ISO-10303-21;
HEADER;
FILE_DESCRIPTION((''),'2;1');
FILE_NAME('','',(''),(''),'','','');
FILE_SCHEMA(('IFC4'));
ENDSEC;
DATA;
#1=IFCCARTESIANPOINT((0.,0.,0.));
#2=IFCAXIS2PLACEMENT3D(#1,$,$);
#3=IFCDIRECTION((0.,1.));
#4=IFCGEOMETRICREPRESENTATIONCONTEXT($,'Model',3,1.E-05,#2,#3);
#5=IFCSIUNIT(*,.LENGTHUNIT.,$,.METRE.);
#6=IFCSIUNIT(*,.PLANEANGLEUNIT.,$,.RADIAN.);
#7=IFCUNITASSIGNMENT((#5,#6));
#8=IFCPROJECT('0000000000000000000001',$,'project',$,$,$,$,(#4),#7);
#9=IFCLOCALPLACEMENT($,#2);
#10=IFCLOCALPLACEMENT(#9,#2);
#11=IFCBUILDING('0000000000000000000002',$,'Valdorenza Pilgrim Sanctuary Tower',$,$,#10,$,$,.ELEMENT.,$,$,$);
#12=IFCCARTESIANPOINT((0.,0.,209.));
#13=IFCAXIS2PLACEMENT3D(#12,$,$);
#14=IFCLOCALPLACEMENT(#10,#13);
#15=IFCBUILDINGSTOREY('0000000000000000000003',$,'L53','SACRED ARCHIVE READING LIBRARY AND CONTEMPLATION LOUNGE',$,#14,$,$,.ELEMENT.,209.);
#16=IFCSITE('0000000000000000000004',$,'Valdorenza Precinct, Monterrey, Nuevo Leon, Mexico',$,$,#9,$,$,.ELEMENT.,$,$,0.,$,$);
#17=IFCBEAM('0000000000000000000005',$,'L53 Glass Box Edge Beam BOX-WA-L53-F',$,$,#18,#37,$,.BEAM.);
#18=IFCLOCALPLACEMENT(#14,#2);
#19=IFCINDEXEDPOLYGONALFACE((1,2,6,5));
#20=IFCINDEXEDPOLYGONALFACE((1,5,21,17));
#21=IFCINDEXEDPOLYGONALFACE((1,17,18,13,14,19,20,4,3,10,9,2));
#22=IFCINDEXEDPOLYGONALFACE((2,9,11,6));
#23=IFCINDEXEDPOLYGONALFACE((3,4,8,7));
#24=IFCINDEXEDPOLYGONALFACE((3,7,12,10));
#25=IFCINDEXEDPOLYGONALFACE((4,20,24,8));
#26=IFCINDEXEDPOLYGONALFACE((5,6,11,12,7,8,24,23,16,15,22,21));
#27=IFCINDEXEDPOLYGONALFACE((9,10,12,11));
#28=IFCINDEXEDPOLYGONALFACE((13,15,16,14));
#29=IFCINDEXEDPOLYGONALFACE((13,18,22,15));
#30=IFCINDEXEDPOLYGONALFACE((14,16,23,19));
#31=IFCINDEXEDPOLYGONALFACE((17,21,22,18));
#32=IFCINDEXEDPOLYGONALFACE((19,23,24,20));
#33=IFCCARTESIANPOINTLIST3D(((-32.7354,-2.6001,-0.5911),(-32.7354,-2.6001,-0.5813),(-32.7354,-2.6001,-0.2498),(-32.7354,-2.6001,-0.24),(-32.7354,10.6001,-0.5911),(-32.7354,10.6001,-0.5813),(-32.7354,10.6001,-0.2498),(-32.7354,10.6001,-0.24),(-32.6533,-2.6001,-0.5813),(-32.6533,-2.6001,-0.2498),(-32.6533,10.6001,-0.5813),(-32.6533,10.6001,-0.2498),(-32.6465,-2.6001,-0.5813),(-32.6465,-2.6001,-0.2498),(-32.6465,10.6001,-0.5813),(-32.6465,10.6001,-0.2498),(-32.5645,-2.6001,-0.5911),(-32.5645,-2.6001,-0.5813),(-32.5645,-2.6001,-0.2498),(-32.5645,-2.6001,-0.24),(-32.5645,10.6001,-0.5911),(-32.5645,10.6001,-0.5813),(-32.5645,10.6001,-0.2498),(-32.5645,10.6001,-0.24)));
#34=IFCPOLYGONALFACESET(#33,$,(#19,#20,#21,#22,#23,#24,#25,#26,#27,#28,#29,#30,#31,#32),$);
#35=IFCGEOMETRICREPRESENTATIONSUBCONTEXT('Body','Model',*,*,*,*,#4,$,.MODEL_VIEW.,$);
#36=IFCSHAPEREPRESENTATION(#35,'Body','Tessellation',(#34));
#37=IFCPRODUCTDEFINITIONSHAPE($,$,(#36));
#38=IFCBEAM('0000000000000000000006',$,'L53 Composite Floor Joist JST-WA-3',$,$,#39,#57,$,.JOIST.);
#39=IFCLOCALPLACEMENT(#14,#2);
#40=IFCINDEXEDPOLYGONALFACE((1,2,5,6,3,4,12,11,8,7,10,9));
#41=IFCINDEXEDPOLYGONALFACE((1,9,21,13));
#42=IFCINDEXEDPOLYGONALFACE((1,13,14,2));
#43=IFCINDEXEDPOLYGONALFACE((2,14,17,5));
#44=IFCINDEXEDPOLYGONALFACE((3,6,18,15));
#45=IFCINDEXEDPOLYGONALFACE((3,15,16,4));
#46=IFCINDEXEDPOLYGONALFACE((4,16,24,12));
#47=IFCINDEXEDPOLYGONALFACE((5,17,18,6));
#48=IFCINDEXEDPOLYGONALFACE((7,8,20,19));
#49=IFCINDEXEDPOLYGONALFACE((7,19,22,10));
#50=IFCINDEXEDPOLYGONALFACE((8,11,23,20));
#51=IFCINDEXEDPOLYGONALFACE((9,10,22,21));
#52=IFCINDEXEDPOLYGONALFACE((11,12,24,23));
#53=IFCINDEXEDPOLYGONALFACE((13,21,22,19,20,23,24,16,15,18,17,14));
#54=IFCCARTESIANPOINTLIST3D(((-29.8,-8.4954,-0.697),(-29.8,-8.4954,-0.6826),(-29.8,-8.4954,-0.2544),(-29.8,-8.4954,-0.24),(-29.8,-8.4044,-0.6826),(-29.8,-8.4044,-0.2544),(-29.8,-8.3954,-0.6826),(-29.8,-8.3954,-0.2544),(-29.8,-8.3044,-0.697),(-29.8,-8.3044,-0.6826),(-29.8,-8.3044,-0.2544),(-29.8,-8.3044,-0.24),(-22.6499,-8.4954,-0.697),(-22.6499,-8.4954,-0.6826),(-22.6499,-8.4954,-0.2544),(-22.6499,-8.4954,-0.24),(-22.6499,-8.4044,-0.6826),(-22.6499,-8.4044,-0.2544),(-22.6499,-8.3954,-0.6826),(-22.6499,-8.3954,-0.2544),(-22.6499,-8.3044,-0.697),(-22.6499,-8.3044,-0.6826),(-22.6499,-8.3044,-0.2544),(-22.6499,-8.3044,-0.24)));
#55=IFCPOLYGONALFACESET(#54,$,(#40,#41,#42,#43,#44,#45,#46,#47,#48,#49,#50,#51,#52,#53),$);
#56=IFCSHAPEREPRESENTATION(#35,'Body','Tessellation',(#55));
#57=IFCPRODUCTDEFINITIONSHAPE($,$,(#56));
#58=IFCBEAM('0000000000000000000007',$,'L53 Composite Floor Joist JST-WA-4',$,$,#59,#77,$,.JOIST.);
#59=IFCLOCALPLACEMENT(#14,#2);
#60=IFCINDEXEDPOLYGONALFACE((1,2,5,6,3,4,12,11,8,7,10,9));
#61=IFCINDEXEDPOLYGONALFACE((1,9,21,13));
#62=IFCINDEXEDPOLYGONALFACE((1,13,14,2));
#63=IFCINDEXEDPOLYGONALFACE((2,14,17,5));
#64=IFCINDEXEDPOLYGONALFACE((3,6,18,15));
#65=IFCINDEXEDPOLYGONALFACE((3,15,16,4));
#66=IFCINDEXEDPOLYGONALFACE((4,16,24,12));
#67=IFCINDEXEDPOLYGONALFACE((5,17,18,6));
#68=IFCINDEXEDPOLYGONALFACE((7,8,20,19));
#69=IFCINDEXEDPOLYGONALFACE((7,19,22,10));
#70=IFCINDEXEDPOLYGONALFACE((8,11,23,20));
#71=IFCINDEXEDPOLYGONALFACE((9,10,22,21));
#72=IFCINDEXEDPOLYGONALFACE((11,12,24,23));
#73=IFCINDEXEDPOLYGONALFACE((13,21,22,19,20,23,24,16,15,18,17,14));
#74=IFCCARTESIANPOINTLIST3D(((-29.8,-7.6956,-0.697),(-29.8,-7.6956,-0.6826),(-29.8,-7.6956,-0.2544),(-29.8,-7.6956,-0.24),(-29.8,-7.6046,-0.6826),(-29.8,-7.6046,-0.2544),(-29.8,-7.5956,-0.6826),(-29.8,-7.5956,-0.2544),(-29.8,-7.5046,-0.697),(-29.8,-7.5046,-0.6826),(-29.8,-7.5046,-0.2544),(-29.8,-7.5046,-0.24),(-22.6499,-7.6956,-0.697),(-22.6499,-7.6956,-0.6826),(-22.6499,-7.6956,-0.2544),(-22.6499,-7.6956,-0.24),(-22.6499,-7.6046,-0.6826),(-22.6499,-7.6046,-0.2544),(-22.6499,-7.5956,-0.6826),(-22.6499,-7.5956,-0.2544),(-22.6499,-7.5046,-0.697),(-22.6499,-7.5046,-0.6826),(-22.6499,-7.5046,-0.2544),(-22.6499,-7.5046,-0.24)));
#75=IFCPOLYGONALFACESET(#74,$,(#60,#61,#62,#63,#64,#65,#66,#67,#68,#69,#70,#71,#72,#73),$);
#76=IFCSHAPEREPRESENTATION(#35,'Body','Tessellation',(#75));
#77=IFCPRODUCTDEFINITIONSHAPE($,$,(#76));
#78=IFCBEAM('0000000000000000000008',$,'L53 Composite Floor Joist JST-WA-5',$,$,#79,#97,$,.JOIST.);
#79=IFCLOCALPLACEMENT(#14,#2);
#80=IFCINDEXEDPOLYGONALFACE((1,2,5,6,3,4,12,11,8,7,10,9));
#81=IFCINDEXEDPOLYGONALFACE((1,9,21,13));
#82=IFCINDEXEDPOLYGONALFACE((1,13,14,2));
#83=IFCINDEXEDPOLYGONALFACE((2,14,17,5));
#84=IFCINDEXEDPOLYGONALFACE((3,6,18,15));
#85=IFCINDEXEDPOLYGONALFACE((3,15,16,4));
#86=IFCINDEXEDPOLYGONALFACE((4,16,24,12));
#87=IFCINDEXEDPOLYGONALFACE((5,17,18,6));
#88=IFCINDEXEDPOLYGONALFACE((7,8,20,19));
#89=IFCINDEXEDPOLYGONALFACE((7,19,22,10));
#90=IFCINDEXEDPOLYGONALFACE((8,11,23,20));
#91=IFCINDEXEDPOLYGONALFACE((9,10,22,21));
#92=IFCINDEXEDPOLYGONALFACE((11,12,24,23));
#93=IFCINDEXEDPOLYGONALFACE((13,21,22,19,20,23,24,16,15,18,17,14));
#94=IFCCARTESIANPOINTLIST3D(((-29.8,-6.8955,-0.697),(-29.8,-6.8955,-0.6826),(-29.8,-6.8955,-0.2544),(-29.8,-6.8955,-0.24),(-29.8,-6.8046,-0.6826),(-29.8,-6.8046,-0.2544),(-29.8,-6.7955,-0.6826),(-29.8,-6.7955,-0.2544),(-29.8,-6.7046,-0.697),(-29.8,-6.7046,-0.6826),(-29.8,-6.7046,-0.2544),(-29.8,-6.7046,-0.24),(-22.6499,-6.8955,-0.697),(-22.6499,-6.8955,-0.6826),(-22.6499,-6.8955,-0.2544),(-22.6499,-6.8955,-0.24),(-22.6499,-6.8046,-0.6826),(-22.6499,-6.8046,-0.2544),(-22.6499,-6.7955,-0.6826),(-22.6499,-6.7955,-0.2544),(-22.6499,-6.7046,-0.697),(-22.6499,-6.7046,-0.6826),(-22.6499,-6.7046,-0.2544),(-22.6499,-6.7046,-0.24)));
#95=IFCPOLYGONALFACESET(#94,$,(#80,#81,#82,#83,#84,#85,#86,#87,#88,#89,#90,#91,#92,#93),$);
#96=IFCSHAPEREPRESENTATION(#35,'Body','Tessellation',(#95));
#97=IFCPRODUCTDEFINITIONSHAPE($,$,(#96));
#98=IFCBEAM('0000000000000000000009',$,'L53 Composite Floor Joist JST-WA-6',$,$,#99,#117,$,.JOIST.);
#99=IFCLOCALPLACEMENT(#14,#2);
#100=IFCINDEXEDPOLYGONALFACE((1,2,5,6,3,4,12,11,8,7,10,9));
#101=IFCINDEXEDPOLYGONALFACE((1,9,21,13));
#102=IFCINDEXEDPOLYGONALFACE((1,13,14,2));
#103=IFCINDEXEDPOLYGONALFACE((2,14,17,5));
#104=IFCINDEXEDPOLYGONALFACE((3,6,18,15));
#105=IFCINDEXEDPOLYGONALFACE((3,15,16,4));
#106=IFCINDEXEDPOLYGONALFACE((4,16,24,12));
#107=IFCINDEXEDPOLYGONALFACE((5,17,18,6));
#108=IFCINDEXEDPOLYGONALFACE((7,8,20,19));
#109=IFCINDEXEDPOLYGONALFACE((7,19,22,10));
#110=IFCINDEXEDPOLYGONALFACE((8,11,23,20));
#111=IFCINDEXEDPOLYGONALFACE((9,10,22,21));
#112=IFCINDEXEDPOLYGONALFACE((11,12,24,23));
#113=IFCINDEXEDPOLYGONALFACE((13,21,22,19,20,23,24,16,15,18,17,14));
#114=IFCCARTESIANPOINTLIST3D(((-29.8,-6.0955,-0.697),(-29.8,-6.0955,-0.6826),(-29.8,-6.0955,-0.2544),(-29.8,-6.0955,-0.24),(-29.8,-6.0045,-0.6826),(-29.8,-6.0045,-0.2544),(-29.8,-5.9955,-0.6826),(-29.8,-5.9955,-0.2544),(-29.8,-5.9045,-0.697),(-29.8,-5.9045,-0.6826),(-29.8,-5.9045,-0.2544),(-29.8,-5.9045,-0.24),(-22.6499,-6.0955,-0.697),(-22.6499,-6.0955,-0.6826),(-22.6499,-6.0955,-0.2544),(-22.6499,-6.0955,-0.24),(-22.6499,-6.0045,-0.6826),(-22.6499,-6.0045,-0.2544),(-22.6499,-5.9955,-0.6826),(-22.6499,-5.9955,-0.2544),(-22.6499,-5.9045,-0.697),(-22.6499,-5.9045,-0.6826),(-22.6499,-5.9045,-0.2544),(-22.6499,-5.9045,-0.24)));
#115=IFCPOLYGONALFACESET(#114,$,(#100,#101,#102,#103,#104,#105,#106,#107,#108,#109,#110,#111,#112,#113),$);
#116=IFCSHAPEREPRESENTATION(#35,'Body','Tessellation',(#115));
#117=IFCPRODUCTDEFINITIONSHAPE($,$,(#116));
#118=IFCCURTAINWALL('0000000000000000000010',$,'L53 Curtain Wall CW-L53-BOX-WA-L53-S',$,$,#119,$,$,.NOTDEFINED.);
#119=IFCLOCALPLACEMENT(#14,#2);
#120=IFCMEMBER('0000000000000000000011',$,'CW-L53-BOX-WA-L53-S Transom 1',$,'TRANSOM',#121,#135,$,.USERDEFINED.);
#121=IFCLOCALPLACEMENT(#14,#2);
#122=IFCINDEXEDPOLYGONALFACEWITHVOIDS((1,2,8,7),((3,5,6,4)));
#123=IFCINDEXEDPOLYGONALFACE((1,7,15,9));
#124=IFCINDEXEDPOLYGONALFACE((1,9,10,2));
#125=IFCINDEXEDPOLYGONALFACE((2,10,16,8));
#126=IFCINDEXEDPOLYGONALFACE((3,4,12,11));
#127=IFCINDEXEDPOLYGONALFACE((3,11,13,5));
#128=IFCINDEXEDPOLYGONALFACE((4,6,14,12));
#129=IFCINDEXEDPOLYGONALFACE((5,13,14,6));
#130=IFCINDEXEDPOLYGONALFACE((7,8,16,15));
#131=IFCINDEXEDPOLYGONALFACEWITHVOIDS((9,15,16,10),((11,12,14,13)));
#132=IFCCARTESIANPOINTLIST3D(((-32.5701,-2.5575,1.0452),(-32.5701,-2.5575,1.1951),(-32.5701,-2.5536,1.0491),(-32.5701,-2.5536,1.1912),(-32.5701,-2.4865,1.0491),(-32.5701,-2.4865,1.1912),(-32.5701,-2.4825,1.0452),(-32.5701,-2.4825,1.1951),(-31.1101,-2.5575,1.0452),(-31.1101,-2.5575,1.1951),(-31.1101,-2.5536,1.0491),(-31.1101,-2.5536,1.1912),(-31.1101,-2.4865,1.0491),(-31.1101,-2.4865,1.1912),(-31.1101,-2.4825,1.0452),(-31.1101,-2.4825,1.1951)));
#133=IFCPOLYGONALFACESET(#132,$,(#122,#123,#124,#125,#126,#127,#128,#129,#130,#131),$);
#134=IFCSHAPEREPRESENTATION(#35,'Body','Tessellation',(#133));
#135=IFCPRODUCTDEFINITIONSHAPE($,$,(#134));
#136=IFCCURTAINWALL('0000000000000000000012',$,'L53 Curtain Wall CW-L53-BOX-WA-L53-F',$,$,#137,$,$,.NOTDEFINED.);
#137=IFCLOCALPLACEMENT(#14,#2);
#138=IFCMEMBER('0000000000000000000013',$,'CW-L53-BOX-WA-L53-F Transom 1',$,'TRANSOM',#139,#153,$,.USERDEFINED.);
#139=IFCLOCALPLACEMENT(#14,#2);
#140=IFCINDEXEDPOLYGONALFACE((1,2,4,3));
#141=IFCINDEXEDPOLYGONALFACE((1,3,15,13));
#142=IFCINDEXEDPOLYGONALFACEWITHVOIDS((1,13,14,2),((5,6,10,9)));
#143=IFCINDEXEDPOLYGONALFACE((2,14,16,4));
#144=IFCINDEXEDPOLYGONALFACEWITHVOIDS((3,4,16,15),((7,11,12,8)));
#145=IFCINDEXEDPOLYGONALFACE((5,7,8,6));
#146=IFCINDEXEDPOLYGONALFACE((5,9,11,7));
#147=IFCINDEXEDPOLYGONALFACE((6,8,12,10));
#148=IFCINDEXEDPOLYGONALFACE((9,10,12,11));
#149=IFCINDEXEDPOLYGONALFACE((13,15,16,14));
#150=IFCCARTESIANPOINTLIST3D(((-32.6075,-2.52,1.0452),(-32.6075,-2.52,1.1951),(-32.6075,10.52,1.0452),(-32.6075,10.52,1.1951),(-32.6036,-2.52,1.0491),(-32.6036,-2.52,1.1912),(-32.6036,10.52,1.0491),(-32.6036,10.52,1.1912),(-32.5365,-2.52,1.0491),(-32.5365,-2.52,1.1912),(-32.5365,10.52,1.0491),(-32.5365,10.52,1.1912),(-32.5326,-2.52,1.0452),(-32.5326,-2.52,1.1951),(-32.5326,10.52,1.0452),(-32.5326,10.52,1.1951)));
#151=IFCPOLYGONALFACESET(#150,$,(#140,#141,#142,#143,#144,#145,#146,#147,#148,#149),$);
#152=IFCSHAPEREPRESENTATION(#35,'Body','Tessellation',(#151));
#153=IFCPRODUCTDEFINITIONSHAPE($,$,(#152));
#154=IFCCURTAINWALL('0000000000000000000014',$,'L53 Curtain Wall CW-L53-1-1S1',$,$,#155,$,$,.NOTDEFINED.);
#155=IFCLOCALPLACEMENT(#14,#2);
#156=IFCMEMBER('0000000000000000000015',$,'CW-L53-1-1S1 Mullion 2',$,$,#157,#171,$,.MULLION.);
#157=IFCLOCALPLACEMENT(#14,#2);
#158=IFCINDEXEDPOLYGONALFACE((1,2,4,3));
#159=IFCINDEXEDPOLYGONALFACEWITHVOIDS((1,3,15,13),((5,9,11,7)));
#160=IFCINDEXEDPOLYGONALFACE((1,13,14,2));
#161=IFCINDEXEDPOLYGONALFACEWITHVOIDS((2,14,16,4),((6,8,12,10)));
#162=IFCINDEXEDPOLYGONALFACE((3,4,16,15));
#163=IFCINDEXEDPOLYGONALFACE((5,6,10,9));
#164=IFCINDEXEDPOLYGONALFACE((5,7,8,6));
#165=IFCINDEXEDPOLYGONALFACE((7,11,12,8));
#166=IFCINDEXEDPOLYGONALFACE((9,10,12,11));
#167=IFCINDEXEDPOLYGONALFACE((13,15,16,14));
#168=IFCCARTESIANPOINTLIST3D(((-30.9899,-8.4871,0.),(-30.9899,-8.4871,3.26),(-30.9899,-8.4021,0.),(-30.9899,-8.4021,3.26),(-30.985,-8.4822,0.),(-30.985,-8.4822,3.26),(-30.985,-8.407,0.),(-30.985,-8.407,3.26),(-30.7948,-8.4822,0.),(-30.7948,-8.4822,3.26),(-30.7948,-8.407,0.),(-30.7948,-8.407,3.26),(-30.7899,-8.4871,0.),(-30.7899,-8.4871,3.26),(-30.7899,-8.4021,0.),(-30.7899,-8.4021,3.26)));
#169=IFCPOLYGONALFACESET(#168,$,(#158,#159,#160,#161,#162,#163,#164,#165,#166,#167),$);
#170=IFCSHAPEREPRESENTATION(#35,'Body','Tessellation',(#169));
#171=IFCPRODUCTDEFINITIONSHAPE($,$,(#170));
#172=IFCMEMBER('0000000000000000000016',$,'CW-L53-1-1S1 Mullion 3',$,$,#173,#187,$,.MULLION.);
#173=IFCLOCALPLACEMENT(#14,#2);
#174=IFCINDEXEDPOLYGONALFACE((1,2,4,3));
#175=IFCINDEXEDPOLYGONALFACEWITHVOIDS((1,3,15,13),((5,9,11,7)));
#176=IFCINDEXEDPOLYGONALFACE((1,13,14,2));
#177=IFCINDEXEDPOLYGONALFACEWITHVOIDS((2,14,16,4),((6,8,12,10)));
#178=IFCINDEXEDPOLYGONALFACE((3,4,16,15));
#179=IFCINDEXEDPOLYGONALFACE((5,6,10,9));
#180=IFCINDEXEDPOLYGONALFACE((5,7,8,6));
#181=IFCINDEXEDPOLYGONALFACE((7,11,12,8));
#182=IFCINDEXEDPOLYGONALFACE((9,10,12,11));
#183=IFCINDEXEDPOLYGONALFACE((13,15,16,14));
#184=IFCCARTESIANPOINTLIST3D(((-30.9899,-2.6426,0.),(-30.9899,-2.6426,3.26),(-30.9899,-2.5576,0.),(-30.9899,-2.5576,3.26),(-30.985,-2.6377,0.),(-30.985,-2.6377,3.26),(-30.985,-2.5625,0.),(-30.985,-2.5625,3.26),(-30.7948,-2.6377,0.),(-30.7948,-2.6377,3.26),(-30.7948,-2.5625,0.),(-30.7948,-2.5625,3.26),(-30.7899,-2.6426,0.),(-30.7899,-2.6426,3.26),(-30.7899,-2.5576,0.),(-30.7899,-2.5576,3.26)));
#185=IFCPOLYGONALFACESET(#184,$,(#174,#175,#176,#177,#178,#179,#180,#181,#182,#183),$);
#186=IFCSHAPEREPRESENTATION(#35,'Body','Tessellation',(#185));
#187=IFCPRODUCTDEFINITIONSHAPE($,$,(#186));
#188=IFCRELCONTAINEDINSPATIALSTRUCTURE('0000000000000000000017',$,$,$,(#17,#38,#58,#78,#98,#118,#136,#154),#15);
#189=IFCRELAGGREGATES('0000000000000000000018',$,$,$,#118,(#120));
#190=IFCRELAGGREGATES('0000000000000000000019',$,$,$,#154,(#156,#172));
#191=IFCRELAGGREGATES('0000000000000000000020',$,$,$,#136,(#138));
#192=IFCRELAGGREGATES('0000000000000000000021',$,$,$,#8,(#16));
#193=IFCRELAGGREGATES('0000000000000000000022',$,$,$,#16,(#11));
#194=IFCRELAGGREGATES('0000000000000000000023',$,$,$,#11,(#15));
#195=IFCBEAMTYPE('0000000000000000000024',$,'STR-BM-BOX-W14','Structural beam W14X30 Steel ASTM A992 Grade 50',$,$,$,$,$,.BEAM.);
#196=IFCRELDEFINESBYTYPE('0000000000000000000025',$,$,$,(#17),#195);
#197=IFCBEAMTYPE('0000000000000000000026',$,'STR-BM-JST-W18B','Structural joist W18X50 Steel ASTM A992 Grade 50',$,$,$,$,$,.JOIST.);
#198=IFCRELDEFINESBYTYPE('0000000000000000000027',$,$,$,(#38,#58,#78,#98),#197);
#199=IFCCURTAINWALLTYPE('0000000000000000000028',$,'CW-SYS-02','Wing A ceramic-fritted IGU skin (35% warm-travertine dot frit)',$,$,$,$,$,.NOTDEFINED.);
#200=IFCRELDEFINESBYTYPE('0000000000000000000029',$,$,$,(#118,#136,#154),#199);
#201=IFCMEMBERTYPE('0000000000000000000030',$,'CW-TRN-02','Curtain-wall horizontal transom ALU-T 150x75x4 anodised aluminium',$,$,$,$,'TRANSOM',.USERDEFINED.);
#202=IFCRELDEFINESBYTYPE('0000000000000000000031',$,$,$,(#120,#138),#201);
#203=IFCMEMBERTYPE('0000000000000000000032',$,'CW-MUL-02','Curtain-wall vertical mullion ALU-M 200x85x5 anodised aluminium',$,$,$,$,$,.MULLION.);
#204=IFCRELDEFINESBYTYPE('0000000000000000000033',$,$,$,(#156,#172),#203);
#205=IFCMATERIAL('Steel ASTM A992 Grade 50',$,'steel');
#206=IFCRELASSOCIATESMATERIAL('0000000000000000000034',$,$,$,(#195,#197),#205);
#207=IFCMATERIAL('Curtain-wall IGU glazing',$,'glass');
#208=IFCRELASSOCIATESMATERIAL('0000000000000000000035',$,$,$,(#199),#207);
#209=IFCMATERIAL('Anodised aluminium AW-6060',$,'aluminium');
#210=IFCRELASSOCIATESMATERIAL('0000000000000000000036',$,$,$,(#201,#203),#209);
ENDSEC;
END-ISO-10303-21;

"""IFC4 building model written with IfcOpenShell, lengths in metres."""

from ifc_helpers import new_model, si_unit, direction, frame, origin, origin_2d, place, context, subcontext, project, spatial, hollow_rectangle, i_section, extrude, source, transform, mapped, material, material_profile, profile_set, type_object, element, aggregate, save


model = new_model("IFC4")

# Units and contexts
model_context = context("Model", 3, precision=1e-05, world=origin(), true_north=direction((0.0, 1.0)))
body_context = subcontext(model_context, "Body", "Model", "MODEL_VIEW")
ifc_project = project(units=[si_unit("LENGTHUNIT", "METRE"), si_unit("PLANEANGLEUNIT", "RADIAN")], contexts=[model_context])

# Site, building, storey
site_placement = place(None, origin())
site = spatial("IfcSite", under=ifc_project, at=site_placement, Name="Valdorenza Precinct, Monterrey, Nuevo Leon, Mexico", CompositionType="ELEMENT", RefElevation=0.0)
building_placement = place(site_placement, origin())
building = spatial("IfcBuilding", under=site, at=building_placement, Name="Valdorenza Pilgrim Sanctuary Tower", CompositionType="ELEMENT")
storey_placement = place(building_placement, frame((0.0, 0.0, 209.0)))
storey = spatial("IfcBuildingStorey", under=building, at=storey_placement, Name="L53", Description="SACRED ARCHIVE READING LIBRARY AND CONTEMPLATION LOUNGE", CompositionType="ELEMENT", Elevation=209.0)

# Beams
ifc_material_1 = material(Name="Steel ASTM A992 Grade 50", Category="steel")
ifc_material_profile_1 = material_profile(ifc_material_1, i_section(OverallWidth=0.1709, OverallDepth=0.3511, WebThickness=0.0068, FlangeThickness=0.0098, at=origin_2d()), Name="W14X30")
ifc_profile_set_1 = profile_set([ifc_material_profile_1], Name="Steel ASTM A992 Grade 50")
beam_type_1 = type_object("IfcBeamType", Name="STR-BM-BOX-W14", Description="Structural beam W14X30 Steel ASTM A992 Grade 50", PredefinedType="BEAM", material=ifc_profile_set_1)
shared_shape_1 = source(origin(), body_context, "Body", "SweptSolid", [
    extrude(i_section(OverallWidth=0.1709, OverallDepth=0.3511, WebThickness=0.0068, FlangeThickness=0.0098, at=origin_2d()), origin(), (0.0, 0.0, 1.0), 13.2002),
])
beam_placement = place(storey_placement, frame((-32.6499, -2.6001, -0.4155), z_axis=(0.0, 1.0, 0.0), x_axis=(-1.0, 0.0, 0.0)))
element("IfcBeam", 1, at=beam_placement, inside=storey, type_object=beam_type_1, Name="L53 Glass Box Edge Beam BOX-WA-L53-F", PredefinedType="BEAM", context=body_context, shape_type="MappedRepresentation", body=[
    mapped(shared_shape_1, transform((0.0, 0.0, 0.0), x_axis=(1.0, 0.0, 0.0), y_axis=(0.0, 1.0, 0.0), z_axis=(0.0, 0.0, 1.0), scale=1.0)),
])
ifc_material_profile_2 = material_profile(ifc_material_1, i_section(OverallWidth=0.1909, OverallDepth=0.457, WebThickness=0.009, FlangeThickness=0.0144, at=origin_2d()), Name="W18X50")
ifc_profile_set_2 = profile_set([ifc_material_profile_2], Name="Steel ASTM A992 Grade 50")
beam_type_2 = type_object("IfcBeamType", Name="STR-BM-JST-W18B", Description="Structural joist W18X50 Steel ASTM A992 Grade 50", PredefinedType="JOIST", material=ifc_profile_set_2)
shared_shape_2 = source(origin(), body_context, "Body", "SweptSolid", [
    extrude(i_section(OverallWidth=0.1909, OverallDepth=0.457, WebThickness=0.009, FlangeThickness=0.0144, at=origin_2d()), origin(), (0.0, 0.0, 1.0), 7.1501),
])
for number, where, z_axis, x_axis, name in (
    (2, (-29.8, -8.3999, -0.4685), (1.0, 0.0, 0.0), (0.0, 1.0, 0.0), "L53 Composite Floor Joist JST-WA-3"),
    (3, (-29.8, -7.6001, -0.4685), (1.0, 0.0, 0.0), (0.0, 1.0, 0.0), "L53 Composite Floor Joist JST-WA-4"),
    (4, (-29.8, -6.8, -0.4685), (1.0, 0.0, 0.0), (0.0, 1.0, 0.0), "L53 Composite Floor Joist JST-WA-5"),
    (5, (-29.8, -6.0, -0.4685), (1.0, 0.0, 0.0), (0.0, 1.0, 0.0), "L53 Composite Floor Joist JST-WA-6"),
):
    element("IfcBeam", number, at=place(storey_placement, frame(where, z_axis=z_axis, x_axis=x_axis)), inside=storey, type_object=beam_type_2, Name=name, PredefinedType="JOIST", context=body_context, shape_type="MappedRepresentation", body=[
        mapped(shared_shape_2, transform((0.0, 0.0, 0.0), x_axis=(1.0, 0.0, 0.0), y_axis=(0.0, 1.0, 0.0), z_axis=(0.0, 0.0, 1.0), scale=1.0)),
    ])

# Curtain walls, members
ifc_material_2 = material(Name="Curtain-wall IGU glazing", Category="glass")
curtain_wall_type = type_object("IfcCurtainWallType", Name="CW-SYS-02", Description="Wing A ceramic-fritted IGU skin (35% warm-travertine dot frit)", PredefinedType="NOTDEFINED", material=ifc_material_2)
curtain_wall_1_placement = place(storey_placement, origin())
curtain_wall_1 = element("IfcCurtainWall", 6, at=curtain_wall_1_placement, inside=storey, type_object=curtain_wall_type, Name="L53 Curtain Wall CW-L53-BOX-WA-L53-S", PredefinedType="NOTDEFINED")
ifc_material_3 = material(Name="Anodised aluminium AW-6060", Category="aluminium")
ifc_material_profile_3 = material_profile(ifc_material_3, hollow_rectangle(XDim=0.075, YDim=0.1499, WallThickness=0.0039, at=origin_2d()), Name="ALU-T 150x75x4")
ifc_profile_set_3 = profile_set([ifc_material_profile_3], Name="Anodised aluminium AW-6060")
member_type_1 = type_object("IfcMemberType", Name="CW-TRN-02", Description="Curtain-wall horizontal transom ALU-T 150x75x4 anodised aluminium", ElementType="TRANSOM", PredefinedType="USERDEFINED", material=ifc_profile_set_3)
shared_shape_3 = source(origin(), body_context, "Body", "SweptSolid", [
    extrude(hollow_rectangle(XDim=0.075, YDim=0.1499, WallThickness=0.0039, at=origin_2d()), origin(), (0.0, 0.0, 1.0), 1.46),
])
member_1_placement = place(storey_placement, frame((-31.1101, -2.52, 1.1201), z_axis=(-1.0, 0.0, 0.0), x_axis=(0.0, -1.0, 0.0)))
member_1 = element("IfcMember", 7, at=member_1_placement, type_object=member_type_1, Name="CW-L53-BOX-WA-L53-S Transom 1", ObjectType="TRANSOM", PredefinedType="USERDEFINED", context=body_context, shape_type="MappedRepresentation", body=[
    mapped(shared_shape_3, transform((0.0, 0.0, 0.0), x_axis=(1.0, 0.0, 0.0), y_axis=(0.0, 1.0, 0.0), z_axis=(0.0, 0.0, 1.0), scale=1.0)),
])
curtain_wall_2_placement = place(storey_placement, origin())
curtain_wall_2 = element("IfcCurtainWall", 8, at=curtain_wall_2_placement, inside=storey, type_object=curtain_wall_type, Name="L53 Curtain Wall CW-L53-BOX-WA-L53-F", PredefinedType="NOTDEFINED")
shared_shape_4 = source(origin(), body_context, "Body", "SweptSolid", [
    extrude(hollow_rectangle(XDim=0.075, YDim=0.1499, WallThickness=0.0039, at=origin_2d()), origin(), (0.0, 0.0, 1.0), 13.04),
])
member_2_placement = place(storey_placement, frame((-32.5701, -2.52, 1.1201), z_axis=(0.0, 1.0, 0.0), x_axis=(-1.0, 0.0, 0.0)))
member_2 = element("IfcMember", 9, at=member_2_placement, type_object=member_type_1, Name="CW-L53-BOX-WA-L53-F Transom 1", ObjectType="TRANSOM", PredefinedType="USERDEFINED", context=body_context, shape_type="MappedRepresentation", body=[
    mapped(shared_shape_4, transform((0.0, 0.0, 0.0), x_axis=(1.0, 0.0, 0.0), y_axis=(0.0, 1.0, 0.0), z_axis=(0.0, 0.0, 1.0), scale=1.0)),
])

# Curtain wall, members
curtain_wall_3_placement = place(storey_placement, origin())
curtain_wall_3 = element("IfcCurtainWall", 10, at=curtain_wall_3_placement, inside=storey, type_object=curtain_wall_type, Name="L53 Curtain Wall CW-L53-1-1S1", PredefinedType="NOTDEFINED")
ifc_material_profile_4 = material_profile(ifc_material_3, hollow_rectangle(XDim=0.085, YDim=0.2, WallThickness=0.0049, at=origin_2d()), Name="ALU-M 200x85x5")
ifc_profile_set_4 = profile_set([ifc_material_profile_4], Name="Anodised aluminium AW-6060")
member_type_2 = type_object("IfcMemberType", Name="CW-MUL-02", Description="Curtain-wall vertical mullion ALU-M 200x85x5 anodised aluminium", PredefinedType="MULLION", material=ifc_profile_set_4)
shared_shape_5 = source(origin(), body_context, "Body", "SweptSolid", [
    extrude(hollow_rectangle(XDim=0.085, YDim=0.2, WallThickness=0.0049, at=origin_2d()), origin(), (0.0, 0.0, 1.0), 3.26),
])
member_3_placement = place(storey_placement, frame((-30.8899, -8.4446, 0.0), z_axis=(0.0, 0.0, 1.0), x_axis=(0.0, 1.0, 0.0)))
member_3 = element("IfcMember", 11, at=member_3_placement, type_object=member_type_2, Name="CW-L53-1-1S1 Mullion 2", PredefinedType="MULLION", context=body_context, shape_type="MappedRepresentation", body=[
    mapped(shared_shape_5, transform((0.0, 0.0, 0.0), x_axis=(1.0, 0.0, 0.0), y_axis=(0.0, 1.0, 0.0), z_axis=(0.0, 0.0, 1.0), scale=1.0)),
])
member_4_placement = place(storey_placement, frame((-30.8899, -2.6001, 0.0), z_axis=(0.0, 0.0, 1.0), x_axis=(0.0, 1.0, 0.0)))
member_4 = element("IfcMember", 12, at=member_4_placement, type_object=member_type_2, Name="CW-L53-1-1S1 Mullion 3", PredefinedType="MULLION", context=body_context, shape_type="MappedRepresentation", body=[
    mapped(shared_shape_5, transform((0.0, 0.0, 0.0), x_axis=(1.0, 0.0, 0.0), y_axis=(0.0, 1.0, 0.0), z_axis=(0.0, 0.0, 1.0), scale=1.0)),
])

aggregate(curtain_wall_1, [member_1])
aggregate(curtain_wall_3, [member_3, member_4])
aggregate(curtain_wall_2, [member_2])

save(model, "model.ifc")
